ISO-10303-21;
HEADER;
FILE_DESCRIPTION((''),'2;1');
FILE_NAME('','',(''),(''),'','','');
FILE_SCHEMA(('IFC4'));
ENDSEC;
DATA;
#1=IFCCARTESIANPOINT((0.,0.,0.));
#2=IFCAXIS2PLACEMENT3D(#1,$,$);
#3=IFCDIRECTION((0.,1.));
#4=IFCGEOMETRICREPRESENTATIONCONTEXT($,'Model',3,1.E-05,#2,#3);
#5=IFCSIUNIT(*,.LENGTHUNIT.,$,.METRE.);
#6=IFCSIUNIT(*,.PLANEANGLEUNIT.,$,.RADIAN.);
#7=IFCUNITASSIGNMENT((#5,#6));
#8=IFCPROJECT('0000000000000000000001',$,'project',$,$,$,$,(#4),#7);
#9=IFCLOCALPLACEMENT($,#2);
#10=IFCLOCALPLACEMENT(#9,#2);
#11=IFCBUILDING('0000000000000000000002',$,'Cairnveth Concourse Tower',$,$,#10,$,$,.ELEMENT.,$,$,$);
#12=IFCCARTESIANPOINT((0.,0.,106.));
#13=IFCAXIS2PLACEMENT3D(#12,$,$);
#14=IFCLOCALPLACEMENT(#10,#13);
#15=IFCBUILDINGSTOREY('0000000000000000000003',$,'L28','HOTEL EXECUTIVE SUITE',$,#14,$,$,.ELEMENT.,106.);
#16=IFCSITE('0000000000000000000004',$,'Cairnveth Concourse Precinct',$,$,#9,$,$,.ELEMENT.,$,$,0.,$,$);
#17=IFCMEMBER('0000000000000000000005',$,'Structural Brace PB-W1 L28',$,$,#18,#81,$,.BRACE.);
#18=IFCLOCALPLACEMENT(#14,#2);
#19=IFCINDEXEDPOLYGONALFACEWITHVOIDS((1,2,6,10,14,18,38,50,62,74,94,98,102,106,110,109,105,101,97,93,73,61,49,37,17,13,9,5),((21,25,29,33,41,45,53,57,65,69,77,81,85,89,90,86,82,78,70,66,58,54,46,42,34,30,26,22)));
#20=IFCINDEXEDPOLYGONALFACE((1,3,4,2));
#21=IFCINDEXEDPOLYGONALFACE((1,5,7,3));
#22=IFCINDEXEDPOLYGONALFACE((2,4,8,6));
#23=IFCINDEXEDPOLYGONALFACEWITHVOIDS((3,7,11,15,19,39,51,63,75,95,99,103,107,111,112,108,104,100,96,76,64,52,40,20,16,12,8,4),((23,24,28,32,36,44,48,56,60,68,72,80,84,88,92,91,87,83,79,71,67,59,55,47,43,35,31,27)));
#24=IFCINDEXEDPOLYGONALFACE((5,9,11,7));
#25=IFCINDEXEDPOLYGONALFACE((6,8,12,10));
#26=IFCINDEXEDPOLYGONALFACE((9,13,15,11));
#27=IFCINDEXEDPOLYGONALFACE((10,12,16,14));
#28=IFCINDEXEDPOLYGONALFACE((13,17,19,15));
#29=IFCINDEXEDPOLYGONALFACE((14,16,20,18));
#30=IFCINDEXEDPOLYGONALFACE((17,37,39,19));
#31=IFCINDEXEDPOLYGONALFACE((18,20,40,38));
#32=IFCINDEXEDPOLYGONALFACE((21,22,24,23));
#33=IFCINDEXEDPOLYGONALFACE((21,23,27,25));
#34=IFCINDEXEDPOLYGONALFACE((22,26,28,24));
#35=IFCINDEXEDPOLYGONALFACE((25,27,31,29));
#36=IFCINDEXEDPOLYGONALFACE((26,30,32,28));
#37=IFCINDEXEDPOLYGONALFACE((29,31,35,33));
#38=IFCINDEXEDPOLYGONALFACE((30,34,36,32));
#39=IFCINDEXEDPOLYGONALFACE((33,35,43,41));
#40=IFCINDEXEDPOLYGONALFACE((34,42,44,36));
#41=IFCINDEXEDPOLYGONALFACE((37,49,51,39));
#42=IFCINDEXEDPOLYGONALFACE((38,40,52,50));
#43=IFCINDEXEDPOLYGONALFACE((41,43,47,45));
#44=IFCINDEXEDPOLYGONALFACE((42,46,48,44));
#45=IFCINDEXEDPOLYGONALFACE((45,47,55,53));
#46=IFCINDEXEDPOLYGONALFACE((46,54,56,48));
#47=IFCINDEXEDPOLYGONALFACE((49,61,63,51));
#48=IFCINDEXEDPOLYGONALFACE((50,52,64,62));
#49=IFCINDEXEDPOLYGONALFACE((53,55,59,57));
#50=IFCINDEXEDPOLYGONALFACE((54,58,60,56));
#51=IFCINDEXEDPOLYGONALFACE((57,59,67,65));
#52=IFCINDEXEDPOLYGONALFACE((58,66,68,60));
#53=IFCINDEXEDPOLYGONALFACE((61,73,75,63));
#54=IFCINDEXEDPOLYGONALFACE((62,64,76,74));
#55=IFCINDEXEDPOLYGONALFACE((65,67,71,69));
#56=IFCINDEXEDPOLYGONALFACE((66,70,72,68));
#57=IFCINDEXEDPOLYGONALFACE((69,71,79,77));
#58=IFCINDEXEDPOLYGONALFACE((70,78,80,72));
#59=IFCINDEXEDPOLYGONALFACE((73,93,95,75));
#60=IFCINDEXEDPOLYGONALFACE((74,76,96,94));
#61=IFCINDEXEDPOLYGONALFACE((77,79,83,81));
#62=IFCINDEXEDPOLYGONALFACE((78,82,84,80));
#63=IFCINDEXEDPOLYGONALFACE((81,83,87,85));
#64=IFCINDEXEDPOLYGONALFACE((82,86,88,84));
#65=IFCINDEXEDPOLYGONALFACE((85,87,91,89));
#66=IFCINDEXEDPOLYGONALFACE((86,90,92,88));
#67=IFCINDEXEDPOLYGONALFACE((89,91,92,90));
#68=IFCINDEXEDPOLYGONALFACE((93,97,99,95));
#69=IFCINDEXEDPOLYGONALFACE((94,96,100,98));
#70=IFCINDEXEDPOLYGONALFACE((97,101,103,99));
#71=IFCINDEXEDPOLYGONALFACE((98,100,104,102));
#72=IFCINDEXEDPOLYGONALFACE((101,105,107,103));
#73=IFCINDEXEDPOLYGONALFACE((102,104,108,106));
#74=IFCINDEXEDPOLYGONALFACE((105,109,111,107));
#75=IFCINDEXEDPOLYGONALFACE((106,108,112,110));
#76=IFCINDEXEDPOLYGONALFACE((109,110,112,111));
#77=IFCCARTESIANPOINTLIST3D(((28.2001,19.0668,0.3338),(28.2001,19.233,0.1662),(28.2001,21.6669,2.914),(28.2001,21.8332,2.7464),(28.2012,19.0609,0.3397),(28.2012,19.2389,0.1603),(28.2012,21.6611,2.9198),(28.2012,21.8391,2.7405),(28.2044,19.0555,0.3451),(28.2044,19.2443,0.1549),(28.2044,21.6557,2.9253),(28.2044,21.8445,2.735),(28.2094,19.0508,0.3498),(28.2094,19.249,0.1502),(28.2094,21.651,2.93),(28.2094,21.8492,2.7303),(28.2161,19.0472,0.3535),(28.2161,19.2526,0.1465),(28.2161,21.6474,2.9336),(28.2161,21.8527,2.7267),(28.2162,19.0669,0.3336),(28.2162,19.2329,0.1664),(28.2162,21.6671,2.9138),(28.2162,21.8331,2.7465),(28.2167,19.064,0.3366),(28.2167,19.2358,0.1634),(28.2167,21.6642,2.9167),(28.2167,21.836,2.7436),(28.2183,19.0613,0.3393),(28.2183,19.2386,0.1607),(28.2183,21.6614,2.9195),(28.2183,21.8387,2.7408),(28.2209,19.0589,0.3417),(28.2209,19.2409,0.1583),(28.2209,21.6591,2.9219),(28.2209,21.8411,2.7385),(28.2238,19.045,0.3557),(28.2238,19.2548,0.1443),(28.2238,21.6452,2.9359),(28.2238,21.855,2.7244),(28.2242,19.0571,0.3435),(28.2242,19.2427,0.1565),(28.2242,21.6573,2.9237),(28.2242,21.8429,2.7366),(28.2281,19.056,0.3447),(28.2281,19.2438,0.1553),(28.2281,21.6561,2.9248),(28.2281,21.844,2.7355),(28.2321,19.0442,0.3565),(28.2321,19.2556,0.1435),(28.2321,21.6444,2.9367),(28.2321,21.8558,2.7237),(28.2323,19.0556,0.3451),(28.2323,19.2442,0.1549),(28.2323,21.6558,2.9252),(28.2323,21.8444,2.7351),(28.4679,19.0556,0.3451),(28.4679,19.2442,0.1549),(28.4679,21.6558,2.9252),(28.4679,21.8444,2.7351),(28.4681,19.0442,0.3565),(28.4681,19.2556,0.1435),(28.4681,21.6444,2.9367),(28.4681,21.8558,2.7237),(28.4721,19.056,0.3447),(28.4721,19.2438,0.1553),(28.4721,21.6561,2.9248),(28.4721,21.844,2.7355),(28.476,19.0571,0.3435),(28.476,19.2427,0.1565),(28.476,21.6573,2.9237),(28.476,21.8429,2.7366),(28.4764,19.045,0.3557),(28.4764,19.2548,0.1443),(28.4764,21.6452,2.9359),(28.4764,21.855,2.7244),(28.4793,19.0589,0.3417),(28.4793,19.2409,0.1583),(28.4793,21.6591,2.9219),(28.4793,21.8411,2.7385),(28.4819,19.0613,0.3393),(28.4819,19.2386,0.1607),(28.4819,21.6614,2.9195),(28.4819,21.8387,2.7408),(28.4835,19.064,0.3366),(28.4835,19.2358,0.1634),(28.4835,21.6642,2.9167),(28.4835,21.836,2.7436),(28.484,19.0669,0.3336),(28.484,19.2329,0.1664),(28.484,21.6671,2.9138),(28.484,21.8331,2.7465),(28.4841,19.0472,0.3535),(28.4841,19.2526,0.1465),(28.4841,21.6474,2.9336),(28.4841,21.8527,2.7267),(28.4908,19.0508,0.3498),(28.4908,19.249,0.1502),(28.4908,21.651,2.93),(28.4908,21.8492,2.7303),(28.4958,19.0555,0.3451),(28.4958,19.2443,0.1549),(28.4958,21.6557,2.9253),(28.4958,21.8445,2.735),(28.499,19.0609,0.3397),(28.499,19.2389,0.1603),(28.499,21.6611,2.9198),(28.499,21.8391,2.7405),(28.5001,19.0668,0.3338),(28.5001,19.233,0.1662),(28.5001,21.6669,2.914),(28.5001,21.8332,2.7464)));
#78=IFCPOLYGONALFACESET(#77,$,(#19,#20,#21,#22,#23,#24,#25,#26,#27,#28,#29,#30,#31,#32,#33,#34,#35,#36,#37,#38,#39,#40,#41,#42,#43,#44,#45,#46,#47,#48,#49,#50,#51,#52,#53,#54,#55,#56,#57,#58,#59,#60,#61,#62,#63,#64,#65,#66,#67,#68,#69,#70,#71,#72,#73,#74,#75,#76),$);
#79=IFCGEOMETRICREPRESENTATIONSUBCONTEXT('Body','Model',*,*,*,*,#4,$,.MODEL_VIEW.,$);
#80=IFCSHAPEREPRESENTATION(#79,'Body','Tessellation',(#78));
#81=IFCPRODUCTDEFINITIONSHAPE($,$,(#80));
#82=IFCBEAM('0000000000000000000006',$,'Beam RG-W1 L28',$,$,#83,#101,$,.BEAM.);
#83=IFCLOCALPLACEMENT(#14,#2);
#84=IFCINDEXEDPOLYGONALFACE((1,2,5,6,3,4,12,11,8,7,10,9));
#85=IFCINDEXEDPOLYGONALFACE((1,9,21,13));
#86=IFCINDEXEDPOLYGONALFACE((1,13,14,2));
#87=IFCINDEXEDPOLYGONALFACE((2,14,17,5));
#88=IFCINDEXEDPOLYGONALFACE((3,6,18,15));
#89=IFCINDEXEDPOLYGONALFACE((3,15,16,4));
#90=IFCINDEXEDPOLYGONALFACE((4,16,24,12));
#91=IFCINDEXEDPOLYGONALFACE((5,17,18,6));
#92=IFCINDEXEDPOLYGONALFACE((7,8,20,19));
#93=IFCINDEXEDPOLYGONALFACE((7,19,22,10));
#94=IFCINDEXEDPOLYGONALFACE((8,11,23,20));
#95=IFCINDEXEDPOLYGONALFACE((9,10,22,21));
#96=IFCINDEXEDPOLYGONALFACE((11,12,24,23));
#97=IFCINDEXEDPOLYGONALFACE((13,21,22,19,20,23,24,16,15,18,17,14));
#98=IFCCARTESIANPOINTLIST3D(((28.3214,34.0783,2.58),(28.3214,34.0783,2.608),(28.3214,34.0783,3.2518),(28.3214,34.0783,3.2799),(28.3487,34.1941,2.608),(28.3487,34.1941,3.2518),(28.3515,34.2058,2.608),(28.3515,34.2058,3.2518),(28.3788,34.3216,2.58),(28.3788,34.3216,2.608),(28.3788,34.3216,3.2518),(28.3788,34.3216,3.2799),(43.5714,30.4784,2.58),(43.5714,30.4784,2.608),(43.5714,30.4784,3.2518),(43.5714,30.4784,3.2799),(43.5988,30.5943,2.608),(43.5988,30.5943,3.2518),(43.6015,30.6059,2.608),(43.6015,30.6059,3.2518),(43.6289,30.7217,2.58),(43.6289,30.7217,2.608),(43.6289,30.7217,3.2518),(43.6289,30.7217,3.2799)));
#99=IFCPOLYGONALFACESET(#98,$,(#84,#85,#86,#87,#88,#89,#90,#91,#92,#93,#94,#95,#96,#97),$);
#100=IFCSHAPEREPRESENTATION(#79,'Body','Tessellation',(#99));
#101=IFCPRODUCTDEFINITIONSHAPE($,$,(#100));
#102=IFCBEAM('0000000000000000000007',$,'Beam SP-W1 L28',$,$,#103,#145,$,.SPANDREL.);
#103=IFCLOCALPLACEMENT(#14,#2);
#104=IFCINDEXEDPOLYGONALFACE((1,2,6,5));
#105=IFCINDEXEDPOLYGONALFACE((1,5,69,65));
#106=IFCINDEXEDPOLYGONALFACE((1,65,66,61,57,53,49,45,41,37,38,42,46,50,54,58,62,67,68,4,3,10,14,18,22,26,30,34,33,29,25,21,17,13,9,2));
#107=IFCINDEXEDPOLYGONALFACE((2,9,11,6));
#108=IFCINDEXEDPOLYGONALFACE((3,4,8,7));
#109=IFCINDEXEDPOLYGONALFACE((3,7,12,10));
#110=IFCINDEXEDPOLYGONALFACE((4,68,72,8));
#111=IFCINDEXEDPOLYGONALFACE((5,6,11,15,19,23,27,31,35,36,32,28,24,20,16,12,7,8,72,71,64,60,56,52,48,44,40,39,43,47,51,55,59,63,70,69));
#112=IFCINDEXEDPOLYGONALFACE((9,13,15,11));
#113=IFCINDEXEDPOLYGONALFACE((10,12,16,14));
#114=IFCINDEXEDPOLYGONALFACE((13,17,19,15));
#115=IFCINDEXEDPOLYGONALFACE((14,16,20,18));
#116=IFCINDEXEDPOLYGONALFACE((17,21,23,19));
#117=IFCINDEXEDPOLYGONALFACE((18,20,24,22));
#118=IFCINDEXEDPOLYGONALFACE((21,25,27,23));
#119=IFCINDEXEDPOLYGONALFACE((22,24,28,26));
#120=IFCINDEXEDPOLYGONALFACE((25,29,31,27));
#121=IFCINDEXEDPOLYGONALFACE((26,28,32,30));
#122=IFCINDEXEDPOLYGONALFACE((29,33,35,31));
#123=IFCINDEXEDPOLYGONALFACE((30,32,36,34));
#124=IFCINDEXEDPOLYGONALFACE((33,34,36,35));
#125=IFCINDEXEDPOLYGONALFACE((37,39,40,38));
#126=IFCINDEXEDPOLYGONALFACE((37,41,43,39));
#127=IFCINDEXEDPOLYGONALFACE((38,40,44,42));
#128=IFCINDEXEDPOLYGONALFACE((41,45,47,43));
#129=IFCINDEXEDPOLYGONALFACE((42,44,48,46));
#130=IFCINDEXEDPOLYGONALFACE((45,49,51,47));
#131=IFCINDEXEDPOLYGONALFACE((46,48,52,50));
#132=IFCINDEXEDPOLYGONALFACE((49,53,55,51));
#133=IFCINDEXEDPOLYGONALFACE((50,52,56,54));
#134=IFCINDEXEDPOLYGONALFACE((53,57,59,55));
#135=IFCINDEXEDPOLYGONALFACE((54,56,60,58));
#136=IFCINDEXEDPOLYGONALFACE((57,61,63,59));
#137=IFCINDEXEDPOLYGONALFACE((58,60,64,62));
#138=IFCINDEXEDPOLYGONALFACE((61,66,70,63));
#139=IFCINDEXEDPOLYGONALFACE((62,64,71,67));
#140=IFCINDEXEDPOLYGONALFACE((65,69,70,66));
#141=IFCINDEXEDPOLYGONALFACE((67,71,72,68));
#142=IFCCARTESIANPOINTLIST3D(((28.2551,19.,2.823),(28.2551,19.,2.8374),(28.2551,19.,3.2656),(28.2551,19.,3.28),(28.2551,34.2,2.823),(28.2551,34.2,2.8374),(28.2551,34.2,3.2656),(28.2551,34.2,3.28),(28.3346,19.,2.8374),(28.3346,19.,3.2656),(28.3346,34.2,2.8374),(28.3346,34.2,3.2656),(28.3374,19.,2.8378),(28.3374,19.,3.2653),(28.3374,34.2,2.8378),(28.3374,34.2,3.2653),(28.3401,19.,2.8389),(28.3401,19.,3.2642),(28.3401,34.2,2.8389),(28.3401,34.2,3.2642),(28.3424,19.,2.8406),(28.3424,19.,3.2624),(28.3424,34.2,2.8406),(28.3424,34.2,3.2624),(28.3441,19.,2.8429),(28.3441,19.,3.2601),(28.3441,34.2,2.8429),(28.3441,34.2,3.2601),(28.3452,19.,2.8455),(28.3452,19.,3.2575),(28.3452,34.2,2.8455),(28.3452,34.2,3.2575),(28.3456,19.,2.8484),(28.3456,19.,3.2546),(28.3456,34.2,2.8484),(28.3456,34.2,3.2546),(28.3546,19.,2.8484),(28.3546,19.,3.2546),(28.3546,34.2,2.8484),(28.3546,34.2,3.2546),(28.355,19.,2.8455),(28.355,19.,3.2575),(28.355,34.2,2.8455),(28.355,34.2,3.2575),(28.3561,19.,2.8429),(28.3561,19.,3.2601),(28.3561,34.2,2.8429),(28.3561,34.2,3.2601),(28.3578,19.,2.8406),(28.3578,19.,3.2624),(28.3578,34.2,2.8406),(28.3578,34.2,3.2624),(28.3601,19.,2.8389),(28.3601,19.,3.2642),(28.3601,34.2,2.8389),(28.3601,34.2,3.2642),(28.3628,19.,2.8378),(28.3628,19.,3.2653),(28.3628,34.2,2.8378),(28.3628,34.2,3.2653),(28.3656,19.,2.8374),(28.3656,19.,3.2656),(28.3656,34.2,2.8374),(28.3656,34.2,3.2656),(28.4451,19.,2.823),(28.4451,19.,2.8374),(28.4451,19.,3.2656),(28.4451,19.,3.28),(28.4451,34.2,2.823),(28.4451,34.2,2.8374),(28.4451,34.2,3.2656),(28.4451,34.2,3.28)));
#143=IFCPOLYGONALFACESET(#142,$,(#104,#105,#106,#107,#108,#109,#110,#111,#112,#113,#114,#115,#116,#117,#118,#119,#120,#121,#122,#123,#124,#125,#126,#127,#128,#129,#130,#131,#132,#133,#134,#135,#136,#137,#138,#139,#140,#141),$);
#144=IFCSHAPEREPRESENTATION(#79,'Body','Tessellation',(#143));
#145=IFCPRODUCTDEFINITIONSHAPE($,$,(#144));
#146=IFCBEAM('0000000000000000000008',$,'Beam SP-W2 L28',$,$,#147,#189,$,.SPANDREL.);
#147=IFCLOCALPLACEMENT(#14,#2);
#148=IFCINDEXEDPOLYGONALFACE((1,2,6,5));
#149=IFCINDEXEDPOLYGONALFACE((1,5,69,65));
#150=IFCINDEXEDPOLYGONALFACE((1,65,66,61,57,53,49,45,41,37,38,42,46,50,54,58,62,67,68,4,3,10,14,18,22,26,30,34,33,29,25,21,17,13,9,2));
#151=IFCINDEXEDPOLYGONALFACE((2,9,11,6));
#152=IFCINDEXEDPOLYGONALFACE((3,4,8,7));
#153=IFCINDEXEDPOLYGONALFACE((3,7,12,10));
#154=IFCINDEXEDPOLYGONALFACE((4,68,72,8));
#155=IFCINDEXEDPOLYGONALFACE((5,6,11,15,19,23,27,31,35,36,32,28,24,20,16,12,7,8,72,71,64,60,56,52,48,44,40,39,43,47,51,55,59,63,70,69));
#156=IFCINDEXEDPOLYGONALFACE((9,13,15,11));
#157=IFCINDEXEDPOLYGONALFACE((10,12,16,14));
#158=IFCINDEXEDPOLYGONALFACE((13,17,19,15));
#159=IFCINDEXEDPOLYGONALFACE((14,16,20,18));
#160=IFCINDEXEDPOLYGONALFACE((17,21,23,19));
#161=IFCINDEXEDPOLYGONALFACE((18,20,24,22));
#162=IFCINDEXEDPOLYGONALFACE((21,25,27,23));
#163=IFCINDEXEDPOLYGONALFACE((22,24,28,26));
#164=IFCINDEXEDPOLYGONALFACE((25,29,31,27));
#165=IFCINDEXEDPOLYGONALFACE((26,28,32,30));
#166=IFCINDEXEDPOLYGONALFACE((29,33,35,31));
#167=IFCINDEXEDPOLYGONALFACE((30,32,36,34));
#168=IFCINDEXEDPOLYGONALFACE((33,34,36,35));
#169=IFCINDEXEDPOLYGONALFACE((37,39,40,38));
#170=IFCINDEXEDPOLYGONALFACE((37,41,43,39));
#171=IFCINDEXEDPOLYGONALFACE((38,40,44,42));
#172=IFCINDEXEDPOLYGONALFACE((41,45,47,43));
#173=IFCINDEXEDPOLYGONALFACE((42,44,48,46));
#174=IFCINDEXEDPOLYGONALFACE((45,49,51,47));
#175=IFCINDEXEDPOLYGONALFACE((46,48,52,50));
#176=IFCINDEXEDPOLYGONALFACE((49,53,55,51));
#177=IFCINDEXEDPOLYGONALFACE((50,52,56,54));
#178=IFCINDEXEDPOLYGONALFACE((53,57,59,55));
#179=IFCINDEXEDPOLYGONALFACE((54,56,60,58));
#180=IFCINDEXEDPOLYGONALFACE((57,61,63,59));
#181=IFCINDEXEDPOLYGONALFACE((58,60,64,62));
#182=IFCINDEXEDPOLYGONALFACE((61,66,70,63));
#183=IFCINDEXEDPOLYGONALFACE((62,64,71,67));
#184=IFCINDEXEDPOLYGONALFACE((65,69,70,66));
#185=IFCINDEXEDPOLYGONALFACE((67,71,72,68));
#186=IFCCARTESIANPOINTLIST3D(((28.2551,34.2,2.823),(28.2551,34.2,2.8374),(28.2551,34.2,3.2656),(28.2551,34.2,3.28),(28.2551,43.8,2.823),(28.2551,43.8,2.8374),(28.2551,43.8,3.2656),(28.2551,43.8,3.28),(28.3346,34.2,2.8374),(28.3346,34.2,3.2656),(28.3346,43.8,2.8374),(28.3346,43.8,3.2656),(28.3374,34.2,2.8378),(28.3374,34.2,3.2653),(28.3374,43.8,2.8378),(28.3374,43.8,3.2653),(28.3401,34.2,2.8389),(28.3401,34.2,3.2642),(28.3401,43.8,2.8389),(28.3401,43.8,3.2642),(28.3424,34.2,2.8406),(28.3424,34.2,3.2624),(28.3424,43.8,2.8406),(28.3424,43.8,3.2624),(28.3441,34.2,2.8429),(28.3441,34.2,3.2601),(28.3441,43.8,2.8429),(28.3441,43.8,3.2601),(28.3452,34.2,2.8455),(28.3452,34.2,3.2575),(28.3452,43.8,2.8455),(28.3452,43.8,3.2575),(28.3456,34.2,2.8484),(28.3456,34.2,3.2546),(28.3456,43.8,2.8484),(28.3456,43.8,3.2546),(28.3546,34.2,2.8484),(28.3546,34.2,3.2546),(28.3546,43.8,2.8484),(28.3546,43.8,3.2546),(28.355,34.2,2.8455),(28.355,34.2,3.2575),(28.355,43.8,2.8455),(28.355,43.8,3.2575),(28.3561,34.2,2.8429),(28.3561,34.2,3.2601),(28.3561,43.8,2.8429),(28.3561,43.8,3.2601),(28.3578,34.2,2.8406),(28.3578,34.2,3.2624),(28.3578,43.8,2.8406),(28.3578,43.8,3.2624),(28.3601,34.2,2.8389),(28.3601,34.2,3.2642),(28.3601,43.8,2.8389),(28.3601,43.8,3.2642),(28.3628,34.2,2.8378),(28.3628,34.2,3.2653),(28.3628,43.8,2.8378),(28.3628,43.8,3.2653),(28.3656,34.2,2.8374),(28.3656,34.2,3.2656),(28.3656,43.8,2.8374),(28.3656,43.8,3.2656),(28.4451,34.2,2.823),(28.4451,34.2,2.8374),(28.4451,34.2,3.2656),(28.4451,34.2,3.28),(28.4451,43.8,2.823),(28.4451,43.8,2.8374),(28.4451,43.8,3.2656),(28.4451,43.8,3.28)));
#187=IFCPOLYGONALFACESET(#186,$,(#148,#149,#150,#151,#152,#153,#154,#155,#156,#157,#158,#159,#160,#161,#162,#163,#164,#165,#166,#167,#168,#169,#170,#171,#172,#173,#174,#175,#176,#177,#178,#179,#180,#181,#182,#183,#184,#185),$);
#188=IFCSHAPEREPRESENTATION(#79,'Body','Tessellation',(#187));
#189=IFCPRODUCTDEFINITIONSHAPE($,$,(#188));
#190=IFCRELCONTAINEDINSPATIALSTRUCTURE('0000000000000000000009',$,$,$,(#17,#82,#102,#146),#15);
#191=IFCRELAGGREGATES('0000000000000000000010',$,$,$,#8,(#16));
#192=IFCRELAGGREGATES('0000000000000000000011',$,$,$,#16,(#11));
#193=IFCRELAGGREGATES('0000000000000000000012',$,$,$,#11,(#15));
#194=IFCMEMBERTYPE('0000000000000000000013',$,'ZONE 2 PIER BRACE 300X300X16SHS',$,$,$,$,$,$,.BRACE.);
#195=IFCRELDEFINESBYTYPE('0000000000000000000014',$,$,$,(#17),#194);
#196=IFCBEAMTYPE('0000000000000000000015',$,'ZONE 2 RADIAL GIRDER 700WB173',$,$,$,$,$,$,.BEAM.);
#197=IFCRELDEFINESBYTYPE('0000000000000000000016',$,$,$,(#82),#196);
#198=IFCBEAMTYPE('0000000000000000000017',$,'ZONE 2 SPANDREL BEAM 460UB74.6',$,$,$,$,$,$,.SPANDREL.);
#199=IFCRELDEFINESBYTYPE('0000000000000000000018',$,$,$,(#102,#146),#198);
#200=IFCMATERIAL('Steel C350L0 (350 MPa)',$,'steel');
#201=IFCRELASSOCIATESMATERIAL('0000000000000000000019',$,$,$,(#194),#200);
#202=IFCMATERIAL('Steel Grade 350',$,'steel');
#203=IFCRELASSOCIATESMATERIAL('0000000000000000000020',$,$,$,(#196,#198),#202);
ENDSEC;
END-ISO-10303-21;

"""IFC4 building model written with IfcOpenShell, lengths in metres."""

from ifc_helpers import new_model, si_unit, direction, frame, origin, origin_2d, place, context, subcontext, project, spatial, hollow_rectangle, i_section, extrude, material, material_profile, profile_set, type_object, element, save


model = new_model("IFC4")

# Units and contexts
model_context = context("Model", 3, precision=1e-05, world=origin(), true_north=direction((0.0, 1.0)))
body_context = subcontext(model_context, "Body", "Model", "MODEL_VIEW")
ifc_project = project(units=[si_unit("LENGTHUNIT", "METRE"), si_unit("PLANEANGLEUNIT", "RADIAN")], contexts=[model_context])

# Site, building, storey
site_placement = place(None, origin())
site = spatial("IfcSite", under=ifc_project, at=site_placement, Name="Cairnveth Concourse Precinct", CompositionType="ELEMENT", RefElevation=0.0)
building_placement = place(site_placement, origin())
building = spatial("IfcBuilding", under=site, at=building_placement, Name="Cairnveth Concourse Tower", CompositionType="ELEMENT")
storey_placement = place(building_placement, frame((0.0, 0.0, 106.0)))
storey = spatial("IfcBuildingStorey", under=building, at=storey_placement, Name="L28", Description="HOTEL EXECUTIVE SUITE", CompositionType="ELEMENT", Elevation=106.0)

# Shared definitions
ifc_material_1 = material(Name="Steel Grade 350", Category="steel")

# Member
ifc_material_2 = material(Name="Steel C350L0 (350 MPa)", Category="steel")
ifc_material_profile_1 = material_profile(ifc_material_2, hollow_rectangle(XDim=0.3, YDim=0.3, WallThickness=0.0161, InnerFilletRadius=0.0161, OuterFilletRadius=0.032, at=origin_2d()), Name="300x300x16.0SHS")
ifc_profile_set_1 = profile_set([ifc_material_profile_1], Name="Steel C350L0 (350 MPa)")
member_type = type_object("IfcMemberType", Name="ZONE 2 PIER BRACE 300X300X16SHS", PredefinedType="BRACE", material=ifc_profile_set_1)
member_placement = place(storey_placement, frame((28.3501, 19.1499, 0.25), z_axis=(0.0, 0.709834, 0.704369), x_axis=(-1.0, 0.0, 0.0)))
element("IfcMember", 1, at=member_placement, inside=storey, type_object=member_type, Name="Structural Brace PB-W1 L28", PredefinedType="BRACE", context=body_context, shape_type="SweptSolid", body=[
    extrude(hollow_rectangle(XDim=0.3, YDim=0.3, WallThickness=0.0161, InnerFilletRadius=0.0161, OuterFilletRadius=0.032, at=origin_2d()), origin(), (0.0, 0.0, 1.0), 3.6631),
])

# Beams
ifc_material_profile_2 = material_profile(ifc_material_1, i_section(OverallWidth=0.25, OverallDepth=0.7, WebThickness=0.012, FlangeThickness=0.0281, at=origin_2d()), Name="700WB173")
ifc_profile_set_2 = profile_set([ifc_material_profile_2], Name="Steel Grade 350")
beam_type_1 = type_object("IfcBeamType", Name="ZONE 2 RADIAL GIRDER 700WB173", PredefinedType="BEAM", material=ifc_profile_set_2)
beam_1_placement = place(storey_placement, frame((28.3501, 34.2, 2.9299), z_axis=(0.973252, -0.229742, 0.0), x_axis=(0.229742, 0.973252, 0.0)))
element("IfcBeam", 2, at=beam_1_placement, inside=storey, type_object=beam_type_1, Name="Beam RG-W1 L28", PredefinedType="BEAM", context=body_context, shape_type="SweptSolid", body=[
    extrude(i_section(OverallWidth=0.25, OverallDepth=0.7, WebThickness=0.012, FlangeThickness=0.0281, at=origin_2d()), origin(), (0.0, 0.0, 1.0), 15.6692),
])
ifc_material_profile_3 = material_profile(ifc_material_1, i_section(OverallWidth=0.1899, OverallDepth=0.457, WebThickness=0.009, FlangeThickness=0.0144, FilletRadius=0.011, at=origin_2d()), Name="460UB74.6")
ifc_profile_set_3 = profile_set([ifc_material_profile_3], Name="Steel Grade 350")
beam_type_2 = type_object("IfcBeamType", Name="ZONE 2 SPANDREL BEAM 460UB74.6", PredefinedType="SPANDREL", material=ifc_profile_set_3)
beam_2_placement = place(storey_placement, frame((28.3501, 19.0, 3.0515), z_axis=(0.0, 1.0, 0.0), x_axis=(-1.0, 0.0, 0.0)))
element("IfcBeam", 3, at=beam_2_placement, inside=storey, type_object=beam_type_2, Name="Beam SP-W1 L28", PredefinedType="SPANDREL", context=body_context, shape_type="SweptSolid", body=[
    extrude(i_section(OverallWidth=0.1899, OverallDepth=0.457, WebThickness=0.009, FlangeThickness=0.0144, FilletRadius=0.011, at=origin_2d()), origin(), (0.0, 0.0, 1.0), 15.2),
])
beam_3_placement = place(storey_placement, frame((28.3501, 34.2, 3.0515), z_axis=(0.0, 1.0, 0.0), x_axis=(-1.0, 0.0, 0.0)))
element("IfcBeam", 4, at=beam_3_placement, inside=storey, type_object=beam_type_2, Name="Beam SP-W2 L28", PredefinedType="SPANDREL", context=body_context, shape_type="SweptSolid", body=[
    extrude(i_section(OverallWidth=0.1899, OverallDepth=0.457, WebThickness=0.009, FlangeThickness=0.0144, FilletRadius=0.011, at=origin_2d()), origin(), (0.0, 0.0, 1.0), 9.6001),
])

save(model, "model.ifc")
